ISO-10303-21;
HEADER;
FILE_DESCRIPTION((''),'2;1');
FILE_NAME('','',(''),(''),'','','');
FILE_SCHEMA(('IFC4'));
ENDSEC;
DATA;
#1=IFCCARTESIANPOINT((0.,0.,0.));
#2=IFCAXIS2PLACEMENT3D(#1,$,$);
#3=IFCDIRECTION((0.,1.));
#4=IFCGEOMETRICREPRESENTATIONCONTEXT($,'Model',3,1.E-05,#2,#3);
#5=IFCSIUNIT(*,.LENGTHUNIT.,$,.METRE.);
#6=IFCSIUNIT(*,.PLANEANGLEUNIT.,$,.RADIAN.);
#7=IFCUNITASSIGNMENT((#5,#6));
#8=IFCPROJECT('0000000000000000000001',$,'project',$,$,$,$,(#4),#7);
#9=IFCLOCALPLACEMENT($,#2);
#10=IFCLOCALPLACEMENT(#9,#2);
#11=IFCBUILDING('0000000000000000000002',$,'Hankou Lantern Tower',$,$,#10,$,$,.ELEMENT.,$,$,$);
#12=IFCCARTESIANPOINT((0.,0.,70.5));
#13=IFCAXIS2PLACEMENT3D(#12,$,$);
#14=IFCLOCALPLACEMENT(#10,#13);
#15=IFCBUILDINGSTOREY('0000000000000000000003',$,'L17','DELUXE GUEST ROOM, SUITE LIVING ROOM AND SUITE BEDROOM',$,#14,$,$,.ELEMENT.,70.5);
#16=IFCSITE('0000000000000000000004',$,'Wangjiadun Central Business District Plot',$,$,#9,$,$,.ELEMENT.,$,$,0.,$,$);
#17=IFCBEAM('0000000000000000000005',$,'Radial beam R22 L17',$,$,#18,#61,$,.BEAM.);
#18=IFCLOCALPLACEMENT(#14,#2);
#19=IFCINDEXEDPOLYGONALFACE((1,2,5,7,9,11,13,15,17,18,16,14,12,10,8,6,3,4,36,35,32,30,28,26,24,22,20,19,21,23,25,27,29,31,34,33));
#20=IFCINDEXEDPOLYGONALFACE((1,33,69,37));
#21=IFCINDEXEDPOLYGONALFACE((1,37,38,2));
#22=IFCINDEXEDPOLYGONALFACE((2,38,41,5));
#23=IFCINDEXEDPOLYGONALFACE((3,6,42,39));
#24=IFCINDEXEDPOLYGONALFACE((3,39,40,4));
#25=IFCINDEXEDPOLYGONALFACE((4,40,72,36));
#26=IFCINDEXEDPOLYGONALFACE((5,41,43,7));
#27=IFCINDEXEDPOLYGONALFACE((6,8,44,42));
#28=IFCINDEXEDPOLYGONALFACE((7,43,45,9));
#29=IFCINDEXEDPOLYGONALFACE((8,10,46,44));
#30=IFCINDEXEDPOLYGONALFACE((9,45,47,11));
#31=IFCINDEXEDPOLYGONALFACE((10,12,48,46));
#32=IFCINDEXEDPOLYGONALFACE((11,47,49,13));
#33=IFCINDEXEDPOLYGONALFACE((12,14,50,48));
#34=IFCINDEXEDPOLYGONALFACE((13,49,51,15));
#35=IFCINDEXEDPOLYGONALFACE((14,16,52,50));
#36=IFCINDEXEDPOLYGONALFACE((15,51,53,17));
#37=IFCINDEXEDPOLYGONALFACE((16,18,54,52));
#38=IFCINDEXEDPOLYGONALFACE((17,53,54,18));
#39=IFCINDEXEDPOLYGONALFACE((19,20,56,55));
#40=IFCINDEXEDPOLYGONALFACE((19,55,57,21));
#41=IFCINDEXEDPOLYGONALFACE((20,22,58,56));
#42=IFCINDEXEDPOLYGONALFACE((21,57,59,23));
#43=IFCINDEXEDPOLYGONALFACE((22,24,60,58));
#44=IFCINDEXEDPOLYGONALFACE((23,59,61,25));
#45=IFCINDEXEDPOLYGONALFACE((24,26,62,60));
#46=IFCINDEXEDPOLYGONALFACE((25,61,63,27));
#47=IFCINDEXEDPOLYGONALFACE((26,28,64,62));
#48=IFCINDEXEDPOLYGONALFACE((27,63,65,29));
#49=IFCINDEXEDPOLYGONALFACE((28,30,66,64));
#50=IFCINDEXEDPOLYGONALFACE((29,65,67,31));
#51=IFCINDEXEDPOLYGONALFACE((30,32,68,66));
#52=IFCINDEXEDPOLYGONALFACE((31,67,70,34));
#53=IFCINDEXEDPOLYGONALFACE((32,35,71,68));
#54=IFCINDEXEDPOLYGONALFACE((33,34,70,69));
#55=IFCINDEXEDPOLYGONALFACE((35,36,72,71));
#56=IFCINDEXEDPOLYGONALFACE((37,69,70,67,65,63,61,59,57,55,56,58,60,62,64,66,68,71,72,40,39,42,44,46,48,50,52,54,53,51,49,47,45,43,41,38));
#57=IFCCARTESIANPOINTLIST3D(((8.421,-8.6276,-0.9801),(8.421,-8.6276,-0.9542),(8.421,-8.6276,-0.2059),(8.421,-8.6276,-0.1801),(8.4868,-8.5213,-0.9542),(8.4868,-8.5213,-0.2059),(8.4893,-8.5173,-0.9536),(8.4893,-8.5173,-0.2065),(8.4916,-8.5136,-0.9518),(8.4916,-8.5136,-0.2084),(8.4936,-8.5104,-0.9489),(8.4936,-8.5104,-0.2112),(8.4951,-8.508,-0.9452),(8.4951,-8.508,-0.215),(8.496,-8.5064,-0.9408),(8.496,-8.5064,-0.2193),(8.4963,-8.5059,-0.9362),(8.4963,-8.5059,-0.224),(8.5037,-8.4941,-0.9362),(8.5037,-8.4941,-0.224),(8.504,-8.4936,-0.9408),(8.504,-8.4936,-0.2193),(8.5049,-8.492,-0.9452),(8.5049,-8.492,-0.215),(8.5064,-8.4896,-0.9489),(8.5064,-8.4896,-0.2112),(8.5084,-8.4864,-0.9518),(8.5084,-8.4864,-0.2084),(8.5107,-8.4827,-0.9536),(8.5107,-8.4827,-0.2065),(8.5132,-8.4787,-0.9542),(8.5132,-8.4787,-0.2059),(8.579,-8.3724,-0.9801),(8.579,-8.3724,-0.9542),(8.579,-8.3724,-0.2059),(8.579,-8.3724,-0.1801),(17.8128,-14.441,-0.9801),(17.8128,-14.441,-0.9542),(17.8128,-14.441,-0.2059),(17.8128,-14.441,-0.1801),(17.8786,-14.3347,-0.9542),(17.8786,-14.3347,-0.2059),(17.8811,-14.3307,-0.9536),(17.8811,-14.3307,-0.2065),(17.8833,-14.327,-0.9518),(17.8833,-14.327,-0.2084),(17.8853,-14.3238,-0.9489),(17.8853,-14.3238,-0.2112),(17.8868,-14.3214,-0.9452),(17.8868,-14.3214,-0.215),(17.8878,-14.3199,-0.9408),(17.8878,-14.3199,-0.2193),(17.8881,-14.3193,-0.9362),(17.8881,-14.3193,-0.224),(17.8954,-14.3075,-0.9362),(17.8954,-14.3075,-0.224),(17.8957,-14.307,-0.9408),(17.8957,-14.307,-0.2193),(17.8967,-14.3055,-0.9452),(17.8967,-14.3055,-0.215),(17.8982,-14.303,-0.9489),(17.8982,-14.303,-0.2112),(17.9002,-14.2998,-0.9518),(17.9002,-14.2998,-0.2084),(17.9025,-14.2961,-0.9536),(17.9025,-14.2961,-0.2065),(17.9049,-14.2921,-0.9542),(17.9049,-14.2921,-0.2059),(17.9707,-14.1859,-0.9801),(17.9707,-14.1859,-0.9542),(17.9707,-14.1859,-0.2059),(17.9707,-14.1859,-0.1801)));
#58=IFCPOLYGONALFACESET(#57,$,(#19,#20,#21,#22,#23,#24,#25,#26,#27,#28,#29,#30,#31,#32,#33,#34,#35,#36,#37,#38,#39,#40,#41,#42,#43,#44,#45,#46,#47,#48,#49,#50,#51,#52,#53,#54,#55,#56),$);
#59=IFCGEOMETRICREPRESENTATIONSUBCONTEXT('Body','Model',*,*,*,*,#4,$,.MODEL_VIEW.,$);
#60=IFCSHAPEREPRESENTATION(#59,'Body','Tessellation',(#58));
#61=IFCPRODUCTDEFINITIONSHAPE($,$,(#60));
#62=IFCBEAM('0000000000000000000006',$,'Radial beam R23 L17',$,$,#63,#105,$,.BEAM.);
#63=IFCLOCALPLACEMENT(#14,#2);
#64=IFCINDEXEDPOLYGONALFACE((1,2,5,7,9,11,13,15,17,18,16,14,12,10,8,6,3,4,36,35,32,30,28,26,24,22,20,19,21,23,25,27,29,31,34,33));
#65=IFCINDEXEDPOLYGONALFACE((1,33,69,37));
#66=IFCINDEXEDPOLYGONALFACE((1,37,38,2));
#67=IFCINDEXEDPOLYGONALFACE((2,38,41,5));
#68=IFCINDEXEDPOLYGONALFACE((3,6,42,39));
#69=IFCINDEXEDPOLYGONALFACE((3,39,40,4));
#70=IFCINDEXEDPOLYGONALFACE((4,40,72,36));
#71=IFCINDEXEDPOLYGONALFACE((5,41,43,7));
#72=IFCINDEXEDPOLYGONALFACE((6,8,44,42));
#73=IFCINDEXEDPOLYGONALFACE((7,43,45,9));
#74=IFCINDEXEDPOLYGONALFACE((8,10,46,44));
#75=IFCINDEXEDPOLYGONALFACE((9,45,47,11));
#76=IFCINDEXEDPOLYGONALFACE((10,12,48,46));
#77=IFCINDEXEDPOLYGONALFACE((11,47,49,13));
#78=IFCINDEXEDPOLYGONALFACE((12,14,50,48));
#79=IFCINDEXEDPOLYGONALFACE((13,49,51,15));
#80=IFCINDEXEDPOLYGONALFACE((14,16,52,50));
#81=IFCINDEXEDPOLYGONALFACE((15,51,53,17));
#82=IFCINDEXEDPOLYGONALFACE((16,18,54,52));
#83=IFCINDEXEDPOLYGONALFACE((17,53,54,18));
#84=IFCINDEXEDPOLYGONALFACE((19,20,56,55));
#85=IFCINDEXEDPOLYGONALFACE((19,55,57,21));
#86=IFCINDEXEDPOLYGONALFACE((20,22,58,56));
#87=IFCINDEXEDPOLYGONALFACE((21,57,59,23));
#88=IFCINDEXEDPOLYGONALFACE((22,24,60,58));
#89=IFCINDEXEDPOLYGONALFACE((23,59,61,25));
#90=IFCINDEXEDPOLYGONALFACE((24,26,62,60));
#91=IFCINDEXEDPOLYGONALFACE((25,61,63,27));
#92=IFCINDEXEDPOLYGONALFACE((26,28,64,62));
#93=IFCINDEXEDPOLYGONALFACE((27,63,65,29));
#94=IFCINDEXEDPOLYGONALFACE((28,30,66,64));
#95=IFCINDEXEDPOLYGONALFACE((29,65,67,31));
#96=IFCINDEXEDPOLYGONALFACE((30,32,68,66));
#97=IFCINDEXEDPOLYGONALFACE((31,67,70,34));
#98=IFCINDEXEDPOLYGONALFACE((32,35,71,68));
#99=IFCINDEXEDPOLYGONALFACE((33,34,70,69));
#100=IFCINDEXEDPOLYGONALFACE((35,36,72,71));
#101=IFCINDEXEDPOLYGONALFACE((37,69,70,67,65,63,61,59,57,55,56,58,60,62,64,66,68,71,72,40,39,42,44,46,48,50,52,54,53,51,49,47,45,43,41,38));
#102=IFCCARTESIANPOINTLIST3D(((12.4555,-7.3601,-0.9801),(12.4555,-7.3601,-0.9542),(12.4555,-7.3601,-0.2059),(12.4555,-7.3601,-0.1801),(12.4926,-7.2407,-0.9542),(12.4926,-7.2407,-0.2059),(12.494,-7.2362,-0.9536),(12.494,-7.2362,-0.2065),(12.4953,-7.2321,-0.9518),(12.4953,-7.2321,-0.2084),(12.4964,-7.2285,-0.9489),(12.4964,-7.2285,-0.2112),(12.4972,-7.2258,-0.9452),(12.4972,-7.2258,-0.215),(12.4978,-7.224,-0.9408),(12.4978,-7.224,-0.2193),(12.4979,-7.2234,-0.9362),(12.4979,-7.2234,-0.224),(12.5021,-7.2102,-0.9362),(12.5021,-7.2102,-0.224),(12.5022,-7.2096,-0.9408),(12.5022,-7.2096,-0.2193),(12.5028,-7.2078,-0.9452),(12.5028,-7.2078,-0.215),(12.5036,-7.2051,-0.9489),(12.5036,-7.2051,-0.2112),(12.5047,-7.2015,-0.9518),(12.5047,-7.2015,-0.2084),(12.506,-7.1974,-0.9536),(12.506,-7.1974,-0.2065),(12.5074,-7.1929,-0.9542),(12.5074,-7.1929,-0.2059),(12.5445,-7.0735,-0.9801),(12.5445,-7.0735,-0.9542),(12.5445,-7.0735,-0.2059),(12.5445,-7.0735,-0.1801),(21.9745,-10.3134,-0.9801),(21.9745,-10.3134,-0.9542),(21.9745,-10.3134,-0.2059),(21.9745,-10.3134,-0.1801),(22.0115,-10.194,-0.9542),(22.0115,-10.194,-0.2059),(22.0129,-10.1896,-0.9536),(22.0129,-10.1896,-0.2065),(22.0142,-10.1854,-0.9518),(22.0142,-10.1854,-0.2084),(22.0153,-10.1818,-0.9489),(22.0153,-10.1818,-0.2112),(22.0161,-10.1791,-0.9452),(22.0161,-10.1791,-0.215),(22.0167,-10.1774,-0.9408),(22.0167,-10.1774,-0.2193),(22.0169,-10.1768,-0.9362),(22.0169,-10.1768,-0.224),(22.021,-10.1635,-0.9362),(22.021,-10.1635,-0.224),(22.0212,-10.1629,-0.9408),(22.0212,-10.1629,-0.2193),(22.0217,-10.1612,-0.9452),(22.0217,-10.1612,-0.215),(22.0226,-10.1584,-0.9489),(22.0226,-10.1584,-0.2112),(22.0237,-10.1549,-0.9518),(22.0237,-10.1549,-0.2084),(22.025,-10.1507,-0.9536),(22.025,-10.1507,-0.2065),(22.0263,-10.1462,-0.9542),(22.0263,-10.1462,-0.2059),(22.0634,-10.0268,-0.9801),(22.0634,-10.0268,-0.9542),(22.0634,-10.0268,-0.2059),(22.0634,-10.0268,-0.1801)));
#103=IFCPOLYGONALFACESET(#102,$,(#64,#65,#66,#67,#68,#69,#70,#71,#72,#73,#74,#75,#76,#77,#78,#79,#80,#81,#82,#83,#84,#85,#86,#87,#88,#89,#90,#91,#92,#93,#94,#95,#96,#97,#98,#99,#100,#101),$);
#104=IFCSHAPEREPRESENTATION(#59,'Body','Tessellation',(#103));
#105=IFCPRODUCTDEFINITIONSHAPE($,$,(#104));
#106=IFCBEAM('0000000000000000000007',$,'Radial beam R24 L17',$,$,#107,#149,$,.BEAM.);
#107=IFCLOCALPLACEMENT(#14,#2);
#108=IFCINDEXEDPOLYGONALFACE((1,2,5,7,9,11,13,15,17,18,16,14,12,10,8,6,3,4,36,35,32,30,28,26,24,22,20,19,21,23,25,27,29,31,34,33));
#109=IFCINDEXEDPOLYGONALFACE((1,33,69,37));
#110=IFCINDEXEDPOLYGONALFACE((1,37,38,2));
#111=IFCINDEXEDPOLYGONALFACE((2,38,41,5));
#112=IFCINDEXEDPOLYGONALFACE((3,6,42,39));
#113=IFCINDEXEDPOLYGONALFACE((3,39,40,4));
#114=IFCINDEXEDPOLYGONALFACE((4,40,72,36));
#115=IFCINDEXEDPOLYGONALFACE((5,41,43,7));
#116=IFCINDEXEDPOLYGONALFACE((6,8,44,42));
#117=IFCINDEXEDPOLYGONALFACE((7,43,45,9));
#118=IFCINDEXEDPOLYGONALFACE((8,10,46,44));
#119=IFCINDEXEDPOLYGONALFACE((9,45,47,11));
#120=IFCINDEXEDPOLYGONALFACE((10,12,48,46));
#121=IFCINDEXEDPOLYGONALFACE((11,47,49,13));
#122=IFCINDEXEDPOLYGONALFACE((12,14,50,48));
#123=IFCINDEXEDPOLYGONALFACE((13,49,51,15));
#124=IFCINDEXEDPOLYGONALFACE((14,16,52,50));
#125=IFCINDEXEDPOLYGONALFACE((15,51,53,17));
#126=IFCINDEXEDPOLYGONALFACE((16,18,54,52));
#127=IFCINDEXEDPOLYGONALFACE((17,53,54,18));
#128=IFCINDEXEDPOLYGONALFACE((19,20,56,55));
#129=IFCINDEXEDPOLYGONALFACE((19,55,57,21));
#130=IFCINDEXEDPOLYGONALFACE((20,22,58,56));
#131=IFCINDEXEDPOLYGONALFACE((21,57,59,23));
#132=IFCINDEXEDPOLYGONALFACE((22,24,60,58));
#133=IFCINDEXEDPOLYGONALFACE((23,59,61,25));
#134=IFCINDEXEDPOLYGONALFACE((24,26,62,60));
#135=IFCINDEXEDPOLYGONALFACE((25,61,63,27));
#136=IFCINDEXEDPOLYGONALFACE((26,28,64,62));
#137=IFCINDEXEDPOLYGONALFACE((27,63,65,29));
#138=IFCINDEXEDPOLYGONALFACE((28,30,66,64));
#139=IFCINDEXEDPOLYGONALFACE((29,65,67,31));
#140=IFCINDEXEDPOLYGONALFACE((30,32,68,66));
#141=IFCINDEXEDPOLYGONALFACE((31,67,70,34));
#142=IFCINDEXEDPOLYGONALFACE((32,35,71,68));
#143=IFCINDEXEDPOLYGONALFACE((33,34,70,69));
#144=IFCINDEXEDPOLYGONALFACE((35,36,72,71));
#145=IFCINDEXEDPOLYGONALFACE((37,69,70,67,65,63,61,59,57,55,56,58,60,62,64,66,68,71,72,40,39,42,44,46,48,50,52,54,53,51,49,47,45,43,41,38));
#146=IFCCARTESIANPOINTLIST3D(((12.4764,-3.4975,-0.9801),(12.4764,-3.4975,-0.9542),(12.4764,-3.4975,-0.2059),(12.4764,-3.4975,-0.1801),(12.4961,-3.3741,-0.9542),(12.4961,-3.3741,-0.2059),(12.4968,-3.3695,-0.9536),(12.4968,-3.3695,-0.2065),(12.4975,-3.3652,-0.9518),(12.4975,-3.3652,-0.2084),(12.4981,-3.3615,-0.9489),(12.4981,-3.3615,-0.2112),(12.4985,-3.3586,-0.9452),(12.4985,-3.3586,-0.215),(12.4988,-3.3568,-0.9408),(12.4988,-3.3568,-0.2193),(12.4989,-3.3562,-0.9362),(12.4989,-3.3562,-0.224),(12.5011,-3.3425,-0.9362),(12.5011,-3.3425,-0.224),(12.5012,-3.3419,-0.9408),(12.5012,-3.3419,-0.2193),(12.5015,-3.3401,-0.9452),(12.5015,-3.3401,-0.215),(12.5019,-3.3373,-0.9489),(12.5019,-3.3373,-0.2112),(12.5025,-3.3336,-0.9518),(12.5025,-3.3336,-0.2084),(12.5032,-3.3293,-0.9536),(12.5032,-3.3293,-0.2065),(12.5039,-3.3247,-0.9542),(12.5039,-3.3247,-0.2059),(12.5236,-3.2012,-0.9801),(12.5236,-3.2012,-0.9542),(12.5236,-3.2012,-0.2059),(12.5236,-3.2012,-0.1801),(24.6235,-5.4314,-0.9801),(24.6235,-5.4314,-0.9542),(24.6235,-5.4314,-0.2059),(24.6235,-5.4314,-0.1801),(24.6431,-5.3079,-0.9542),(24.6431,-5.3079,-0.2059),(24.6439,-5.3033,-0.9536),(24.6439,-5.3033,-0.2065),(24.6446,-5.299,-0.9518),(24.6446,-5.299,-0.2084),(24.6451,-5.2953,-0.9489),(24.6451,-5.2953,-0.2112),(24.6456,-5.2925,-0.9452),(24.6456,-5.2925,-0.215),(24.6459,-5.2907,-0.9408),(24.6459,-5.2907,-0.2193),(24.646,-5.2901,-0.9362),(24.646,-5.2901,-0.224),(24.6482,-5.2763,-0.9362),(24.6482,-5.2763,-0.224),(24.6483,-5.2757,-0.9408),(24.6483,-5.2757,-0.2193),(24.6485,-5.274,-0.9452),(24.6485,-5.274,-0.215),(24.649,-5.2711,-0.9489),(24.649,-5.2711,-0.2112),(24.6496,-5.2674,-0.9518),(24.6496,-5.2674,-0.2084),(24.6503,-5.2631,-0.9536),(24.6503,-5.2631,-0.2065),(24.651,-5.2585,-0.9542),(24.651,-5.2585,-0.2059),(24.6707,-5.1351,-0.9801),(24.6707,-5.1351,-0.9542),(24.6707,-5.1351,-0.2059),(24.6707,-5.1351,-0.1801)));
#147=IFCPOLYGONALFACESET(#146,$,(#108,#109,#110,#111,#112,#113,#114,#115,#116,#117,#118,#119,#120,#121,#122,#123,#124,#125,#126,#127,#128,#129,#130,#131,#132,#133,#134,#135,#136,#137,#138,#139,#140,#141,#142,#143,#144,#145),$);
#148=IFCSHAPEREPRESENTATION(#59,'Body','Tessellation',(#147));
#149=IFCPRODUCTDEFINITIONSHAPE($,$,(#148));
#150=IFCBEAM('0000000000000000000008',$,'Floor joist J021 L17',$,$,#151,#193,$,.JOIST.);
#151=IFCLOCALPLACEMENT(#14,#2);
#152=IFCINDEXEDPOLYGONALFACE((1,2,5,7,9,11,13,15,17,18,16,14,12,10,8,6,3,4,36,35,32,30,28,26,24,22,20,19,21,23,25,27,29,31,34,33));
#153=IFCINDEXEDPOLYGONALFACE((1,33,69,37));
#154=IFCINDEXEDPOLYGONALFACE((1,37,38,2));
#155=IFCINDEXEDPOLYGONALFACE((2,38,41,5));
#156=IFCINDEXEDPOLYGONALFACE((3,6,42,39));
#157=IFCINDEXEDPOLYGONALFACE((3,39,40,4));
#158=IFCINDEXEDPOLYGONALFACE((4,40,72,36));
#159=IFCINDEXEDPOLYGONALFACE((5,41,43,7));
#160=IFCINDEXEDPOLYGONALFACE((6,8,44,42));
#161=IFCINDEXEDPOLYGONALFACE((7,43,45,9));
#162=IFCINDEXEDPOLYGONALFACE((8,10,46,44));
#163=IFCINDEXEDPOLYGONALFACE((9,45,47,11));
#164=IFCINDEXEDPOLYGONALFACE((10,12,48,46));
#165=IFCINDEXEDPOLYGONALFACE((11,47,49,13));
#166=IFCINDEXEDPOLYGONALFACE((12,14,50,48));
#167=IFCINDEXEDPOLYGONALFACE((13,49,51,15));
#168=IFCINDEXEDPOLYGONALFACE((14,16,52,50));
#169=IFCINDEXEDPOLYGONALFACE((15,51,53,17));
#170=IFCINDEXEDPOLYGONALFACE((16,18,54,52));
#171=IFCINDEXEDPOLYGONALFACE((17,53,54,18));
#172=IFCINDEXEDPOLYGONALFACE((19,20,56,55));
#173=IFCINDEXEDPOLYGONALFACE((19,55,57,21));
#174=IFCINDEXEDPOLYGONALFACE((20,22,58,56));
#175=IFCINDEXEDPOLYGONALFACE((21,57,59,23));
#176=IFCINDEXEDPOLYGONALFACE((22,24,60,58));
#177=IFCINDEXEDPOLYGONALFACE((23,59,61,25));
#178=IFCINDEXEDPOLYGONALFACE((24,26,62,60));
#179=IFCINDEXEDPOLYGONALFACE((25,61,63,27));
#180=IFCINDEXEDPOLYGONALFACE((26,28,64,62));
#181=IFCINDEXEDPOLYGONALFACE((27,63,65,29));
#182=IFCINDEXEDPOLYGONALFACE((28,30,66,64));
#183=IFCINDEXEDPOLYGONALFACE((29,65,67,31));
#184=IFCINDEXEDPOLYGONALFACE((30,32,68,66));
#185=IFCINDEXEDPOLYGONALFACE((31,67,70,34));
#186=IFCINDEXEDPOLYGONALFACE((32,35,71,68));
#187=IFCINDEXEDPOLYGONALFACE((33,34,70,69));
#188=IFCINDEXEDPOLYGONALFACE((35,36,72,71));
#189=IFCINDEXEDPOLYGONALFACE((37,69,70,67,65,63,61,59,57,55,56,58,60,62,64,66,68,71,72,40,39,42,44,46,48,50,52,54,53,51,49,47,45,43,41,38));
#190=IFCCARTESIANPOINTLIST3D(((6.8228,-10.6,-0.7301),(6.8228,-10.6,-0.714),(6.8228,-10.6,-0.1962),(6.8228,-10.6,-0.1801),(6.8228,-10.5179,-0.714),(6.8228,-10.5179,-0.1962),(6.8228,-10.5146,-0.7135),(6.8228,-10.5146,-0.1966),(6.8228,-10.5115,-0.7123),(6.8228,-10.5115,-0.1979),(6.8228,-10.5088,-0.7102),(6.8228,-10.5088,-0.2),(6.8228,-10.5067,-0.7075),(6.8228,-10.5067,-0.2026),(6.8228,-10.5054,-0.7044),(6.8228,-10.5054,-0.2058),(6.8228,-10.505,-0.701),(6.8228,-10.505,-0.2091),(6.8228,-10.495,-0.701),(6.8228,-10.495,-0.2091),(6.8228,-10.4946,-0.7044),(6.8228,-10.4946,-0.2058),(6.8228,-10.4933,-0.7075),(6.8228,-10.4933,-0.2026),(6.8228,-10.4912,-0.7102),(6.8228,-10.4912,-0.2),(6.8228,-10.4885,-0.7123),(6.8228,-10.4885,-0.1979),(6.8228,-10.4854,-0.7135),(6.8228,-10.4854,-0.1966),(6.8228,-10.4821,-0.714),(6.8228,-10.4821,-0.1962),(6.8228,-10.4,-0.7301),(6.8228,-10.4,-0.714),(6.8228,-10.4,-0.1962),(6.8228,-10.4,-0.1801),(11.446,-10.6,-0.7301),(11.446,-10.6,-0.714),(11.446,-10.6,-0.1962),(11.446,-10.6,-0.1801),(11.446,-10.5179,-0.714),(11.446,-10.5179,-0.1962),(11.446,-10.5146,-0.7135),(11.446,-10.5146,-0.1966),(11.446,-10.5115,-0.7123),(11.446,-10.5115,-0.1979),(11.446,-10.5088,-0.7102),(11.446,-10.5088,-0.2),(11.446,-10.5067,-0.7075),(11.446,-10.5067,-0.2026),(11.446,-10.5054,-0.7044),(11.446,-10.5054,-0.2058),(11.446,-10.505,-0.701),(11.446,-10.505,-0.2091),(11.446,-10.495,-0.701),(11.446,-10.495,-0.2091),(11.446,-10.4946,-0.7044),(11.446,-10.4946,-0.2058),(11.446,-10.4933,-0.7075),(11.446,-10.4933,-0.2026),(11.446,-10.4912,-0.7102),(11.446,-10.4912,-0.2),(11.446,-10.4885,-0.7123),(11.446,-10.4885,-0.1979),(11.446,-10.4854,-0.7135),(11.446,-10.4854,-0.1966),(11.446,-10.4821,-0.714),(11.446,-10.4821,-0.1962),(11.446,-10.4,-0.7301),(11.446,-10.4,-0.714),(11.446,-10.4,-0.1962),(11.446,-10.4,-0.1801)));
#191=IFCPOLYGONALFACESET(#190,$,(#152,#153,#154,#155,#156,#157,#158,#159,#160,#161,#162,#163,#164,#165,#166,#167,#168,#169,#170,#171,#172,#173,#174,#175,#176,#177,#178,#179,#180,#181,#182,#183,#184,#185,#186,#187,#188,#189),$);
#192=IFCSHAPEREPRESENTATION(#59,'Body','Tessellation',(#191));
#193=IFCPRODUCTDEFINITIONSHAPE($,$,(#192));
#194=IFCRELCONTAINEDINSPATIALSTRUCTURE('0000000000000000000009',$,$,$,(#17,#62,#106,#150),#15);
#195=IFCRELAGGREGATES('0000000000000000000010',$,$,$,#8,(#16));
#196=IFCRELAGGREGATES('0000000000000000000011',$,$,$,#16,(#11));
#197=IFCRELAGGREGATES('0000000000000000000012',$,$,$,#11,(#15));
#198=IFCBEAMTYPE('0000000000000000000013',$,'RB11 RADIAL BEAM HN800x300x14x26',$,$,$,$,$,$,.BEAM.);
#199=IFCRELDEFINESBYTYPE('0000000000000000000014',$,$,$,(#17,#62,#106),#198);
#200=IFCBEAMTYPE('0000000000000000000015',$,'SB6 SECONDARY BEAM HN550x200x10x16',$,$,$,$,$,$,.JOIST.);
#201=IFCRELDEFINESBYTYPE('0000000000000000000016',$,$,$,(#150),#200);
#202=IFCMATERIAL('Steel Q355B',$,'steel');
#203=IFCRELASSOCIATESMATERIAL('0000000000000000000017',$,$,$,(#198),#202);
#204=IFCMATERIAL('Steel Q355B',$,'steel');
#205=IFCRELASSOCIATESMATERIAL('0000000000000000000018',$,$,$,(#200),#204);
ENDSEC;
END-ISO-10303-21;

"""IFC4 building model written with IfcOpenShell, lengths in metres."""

from ifc_helpers import new_model, si_unit, direction, frame, origin, origin_2d, place, context, subcontext, project, spatial, i_section, extrude, material, material_profile, profile_set, type_object, element, save


model = new_model("IFC4")

# Units and contexts
model_context = context("Model", 3, precision=1e-05, world=origin(), true_north=direction((0.0, 1.0)))
body_context = subcontext(model_context, "Body", "Model", "MODEL_VIEW")
ifc_project = project(units=[si_unit("LENGTHUNIT", "METRE"), si_unit("PLANEANGLEUNIT", "RADIAN")], contexts=[model_context])

# Site, building, storey
site_placement = place(None, origin())
site = spatial("IfcSite", under=ifc_project, at=site_placement, Name="Wangjiadun Central Business District Plot", CompositionType="ELEMENT", RefElevation=0.0)
building_placement = place(site_placement, origin())
building = spatial("IfcBuilding", under=site, at=building_placement, Name="Hankou Lantern Tower", CompositionType="ELEMENT")
storey_placement = place(building_placement, frame((0.0, 0.0, 70.5)))
storey = spatial("IfcBuildingStorey", under=building, at=storey_placement, Name="L17", Description="DELUXE GUEST ROOM, SUITE LIVING ROOM AND SUITE BEDROOM", CompositionType="ELEMENT", Elevation=70.5)

# Beams
ifc_material_1 = material(Name="Steel Q355B", Category="steel")
ifc_material_profile_1 = material_profile(ifc_material_1, i_section(OverallWidth=0.3, OverallDepth=0.8, WebThickness=0.0139, FlangeThickness=0.0259, FilletRadius=0.0181, at=origin_2d()), Name="HN800x300x14x26")
ifc_profile_set_1 = profile_set([ifc_material_profile_1], Name="Steel Q355B")
beam_type_1 = type_object("IfcBeamType", Name="RB11 RADIAL BEAM HN800x300x14x26", PredefinedType="BEAM", material=ifc_profile_set_1)
beam_1_placement = place(storey_placement, frame((8.5, -8.5, -0.5801), z_axis=(0.850286, -0.52632, 0.0), x_axis=(0.52632, 0.850286, 0.0)))
element("IfcBeam", 1, at=beam_1_placement, inside=storey, type_object=beam_type_1, Name="Radial beam R22 L17", PredefinedType="BEAM", context=body_context, shape_type="SweptSolid", body=[
    extrude(i_section(OverallWidth=0.3, OverallDepth=0.8, WebThickness=0.0139, FlangeThickness=0.0259, FilletRadius=0.0181, at=origin_2d()), origin(), (0.0, 0.0, 1.0), 11.0454),
])
beam_2_placement = place(storey_placement, frame((12.5, -7.2168, -0.5801), z_axis=(0.955087, -0.296324, 0.0), x_axis=(0.296324, 0.955087, 0.0)))
element("IfcBeam", 2, at=beam_2_placement, inside=storey, type_object=beam_type_1, Name="Radial beam R23 L17", PredefinedType="BEAM", context=body_context, shape_type="SweptSolid", body=[
    extrude(i_section(OverallWidth=0.3, OverallDepth=0.8, WebThickness=0.0139, FlangeThickness=0.0259, FilletRadius=0.0181, at=origin_2d()), origin(), (0.0, 0.0, 1.0), 9.9666),
])
beam_3_placement = place(storey_placement, frame((12.5, -3.3494, -0.5801), z_axis=(0.987563, -0.157223, 0.0), x_axis=(0.157223, 0.987563, 0.0)))
element("IfcBeam", 3, at=beam_3_placement, inside=storey, type_object=beam_type_1, Name="Radial beam R24 L17", PredefinedType="BEAM", context=body_context, shape_type="SweptSolid", body=[
    extrude(i_section(OverallWidth=0.3, OverallDepth=0.8, WebThickness=0.0139, FlangeThickness=0.0259, FilletRadius=0.0181, at=origin_2d()), origin(), (0.0, 0.0, 1.0), 12.3),
])
ifc_material_2 = material(Name="Steel Q355B", Category="steel")
ifc_material_profile_2 = material_profile(ifc_material_2, i_section(OverallWidth=0.2, OverallDepth=0.55, WebThickness=0.01, FlangeThickness=0.0161, FilletRadius=0.0129, at=origin_2d()), Name="HN550x200x10x16")
ifc_profile_set_2 = profile_set([ifc_material_profile_2], Name="Steel Q355B")
beam_type_2 = type_object("IfcBeamType", Name="SB6 SECONDARY BEAM HN550x200x10x16", PredefinedType="JOIST", material=ifc_profile_set_2)
beam_4_placement = place(storey_placement, frame((6.8228, -10.5, -0.4551), z_axis=(1.0, 0.0, 0.0), x_axis=(0.0, 1.0, 0.0)))
element("IfcBeam", 4, at=beam_4_placement, inside=storey, type_object=beam_type_2, Name="Floor joist J021 L17", PredefinedType="JOIST", context=body_context, shape_type="SweptSolid", body=[
    extrude(i_section(OverallWidth=0.2, OverallDepth=0.55, WebThickness=0.01, FlangeThickness=0.0161, FilletRadius=0.0129, at=origin_2d()), origin(), (0.0, 0.0, 1.0), 4.6233),
])

save(model, "model.ifc")
